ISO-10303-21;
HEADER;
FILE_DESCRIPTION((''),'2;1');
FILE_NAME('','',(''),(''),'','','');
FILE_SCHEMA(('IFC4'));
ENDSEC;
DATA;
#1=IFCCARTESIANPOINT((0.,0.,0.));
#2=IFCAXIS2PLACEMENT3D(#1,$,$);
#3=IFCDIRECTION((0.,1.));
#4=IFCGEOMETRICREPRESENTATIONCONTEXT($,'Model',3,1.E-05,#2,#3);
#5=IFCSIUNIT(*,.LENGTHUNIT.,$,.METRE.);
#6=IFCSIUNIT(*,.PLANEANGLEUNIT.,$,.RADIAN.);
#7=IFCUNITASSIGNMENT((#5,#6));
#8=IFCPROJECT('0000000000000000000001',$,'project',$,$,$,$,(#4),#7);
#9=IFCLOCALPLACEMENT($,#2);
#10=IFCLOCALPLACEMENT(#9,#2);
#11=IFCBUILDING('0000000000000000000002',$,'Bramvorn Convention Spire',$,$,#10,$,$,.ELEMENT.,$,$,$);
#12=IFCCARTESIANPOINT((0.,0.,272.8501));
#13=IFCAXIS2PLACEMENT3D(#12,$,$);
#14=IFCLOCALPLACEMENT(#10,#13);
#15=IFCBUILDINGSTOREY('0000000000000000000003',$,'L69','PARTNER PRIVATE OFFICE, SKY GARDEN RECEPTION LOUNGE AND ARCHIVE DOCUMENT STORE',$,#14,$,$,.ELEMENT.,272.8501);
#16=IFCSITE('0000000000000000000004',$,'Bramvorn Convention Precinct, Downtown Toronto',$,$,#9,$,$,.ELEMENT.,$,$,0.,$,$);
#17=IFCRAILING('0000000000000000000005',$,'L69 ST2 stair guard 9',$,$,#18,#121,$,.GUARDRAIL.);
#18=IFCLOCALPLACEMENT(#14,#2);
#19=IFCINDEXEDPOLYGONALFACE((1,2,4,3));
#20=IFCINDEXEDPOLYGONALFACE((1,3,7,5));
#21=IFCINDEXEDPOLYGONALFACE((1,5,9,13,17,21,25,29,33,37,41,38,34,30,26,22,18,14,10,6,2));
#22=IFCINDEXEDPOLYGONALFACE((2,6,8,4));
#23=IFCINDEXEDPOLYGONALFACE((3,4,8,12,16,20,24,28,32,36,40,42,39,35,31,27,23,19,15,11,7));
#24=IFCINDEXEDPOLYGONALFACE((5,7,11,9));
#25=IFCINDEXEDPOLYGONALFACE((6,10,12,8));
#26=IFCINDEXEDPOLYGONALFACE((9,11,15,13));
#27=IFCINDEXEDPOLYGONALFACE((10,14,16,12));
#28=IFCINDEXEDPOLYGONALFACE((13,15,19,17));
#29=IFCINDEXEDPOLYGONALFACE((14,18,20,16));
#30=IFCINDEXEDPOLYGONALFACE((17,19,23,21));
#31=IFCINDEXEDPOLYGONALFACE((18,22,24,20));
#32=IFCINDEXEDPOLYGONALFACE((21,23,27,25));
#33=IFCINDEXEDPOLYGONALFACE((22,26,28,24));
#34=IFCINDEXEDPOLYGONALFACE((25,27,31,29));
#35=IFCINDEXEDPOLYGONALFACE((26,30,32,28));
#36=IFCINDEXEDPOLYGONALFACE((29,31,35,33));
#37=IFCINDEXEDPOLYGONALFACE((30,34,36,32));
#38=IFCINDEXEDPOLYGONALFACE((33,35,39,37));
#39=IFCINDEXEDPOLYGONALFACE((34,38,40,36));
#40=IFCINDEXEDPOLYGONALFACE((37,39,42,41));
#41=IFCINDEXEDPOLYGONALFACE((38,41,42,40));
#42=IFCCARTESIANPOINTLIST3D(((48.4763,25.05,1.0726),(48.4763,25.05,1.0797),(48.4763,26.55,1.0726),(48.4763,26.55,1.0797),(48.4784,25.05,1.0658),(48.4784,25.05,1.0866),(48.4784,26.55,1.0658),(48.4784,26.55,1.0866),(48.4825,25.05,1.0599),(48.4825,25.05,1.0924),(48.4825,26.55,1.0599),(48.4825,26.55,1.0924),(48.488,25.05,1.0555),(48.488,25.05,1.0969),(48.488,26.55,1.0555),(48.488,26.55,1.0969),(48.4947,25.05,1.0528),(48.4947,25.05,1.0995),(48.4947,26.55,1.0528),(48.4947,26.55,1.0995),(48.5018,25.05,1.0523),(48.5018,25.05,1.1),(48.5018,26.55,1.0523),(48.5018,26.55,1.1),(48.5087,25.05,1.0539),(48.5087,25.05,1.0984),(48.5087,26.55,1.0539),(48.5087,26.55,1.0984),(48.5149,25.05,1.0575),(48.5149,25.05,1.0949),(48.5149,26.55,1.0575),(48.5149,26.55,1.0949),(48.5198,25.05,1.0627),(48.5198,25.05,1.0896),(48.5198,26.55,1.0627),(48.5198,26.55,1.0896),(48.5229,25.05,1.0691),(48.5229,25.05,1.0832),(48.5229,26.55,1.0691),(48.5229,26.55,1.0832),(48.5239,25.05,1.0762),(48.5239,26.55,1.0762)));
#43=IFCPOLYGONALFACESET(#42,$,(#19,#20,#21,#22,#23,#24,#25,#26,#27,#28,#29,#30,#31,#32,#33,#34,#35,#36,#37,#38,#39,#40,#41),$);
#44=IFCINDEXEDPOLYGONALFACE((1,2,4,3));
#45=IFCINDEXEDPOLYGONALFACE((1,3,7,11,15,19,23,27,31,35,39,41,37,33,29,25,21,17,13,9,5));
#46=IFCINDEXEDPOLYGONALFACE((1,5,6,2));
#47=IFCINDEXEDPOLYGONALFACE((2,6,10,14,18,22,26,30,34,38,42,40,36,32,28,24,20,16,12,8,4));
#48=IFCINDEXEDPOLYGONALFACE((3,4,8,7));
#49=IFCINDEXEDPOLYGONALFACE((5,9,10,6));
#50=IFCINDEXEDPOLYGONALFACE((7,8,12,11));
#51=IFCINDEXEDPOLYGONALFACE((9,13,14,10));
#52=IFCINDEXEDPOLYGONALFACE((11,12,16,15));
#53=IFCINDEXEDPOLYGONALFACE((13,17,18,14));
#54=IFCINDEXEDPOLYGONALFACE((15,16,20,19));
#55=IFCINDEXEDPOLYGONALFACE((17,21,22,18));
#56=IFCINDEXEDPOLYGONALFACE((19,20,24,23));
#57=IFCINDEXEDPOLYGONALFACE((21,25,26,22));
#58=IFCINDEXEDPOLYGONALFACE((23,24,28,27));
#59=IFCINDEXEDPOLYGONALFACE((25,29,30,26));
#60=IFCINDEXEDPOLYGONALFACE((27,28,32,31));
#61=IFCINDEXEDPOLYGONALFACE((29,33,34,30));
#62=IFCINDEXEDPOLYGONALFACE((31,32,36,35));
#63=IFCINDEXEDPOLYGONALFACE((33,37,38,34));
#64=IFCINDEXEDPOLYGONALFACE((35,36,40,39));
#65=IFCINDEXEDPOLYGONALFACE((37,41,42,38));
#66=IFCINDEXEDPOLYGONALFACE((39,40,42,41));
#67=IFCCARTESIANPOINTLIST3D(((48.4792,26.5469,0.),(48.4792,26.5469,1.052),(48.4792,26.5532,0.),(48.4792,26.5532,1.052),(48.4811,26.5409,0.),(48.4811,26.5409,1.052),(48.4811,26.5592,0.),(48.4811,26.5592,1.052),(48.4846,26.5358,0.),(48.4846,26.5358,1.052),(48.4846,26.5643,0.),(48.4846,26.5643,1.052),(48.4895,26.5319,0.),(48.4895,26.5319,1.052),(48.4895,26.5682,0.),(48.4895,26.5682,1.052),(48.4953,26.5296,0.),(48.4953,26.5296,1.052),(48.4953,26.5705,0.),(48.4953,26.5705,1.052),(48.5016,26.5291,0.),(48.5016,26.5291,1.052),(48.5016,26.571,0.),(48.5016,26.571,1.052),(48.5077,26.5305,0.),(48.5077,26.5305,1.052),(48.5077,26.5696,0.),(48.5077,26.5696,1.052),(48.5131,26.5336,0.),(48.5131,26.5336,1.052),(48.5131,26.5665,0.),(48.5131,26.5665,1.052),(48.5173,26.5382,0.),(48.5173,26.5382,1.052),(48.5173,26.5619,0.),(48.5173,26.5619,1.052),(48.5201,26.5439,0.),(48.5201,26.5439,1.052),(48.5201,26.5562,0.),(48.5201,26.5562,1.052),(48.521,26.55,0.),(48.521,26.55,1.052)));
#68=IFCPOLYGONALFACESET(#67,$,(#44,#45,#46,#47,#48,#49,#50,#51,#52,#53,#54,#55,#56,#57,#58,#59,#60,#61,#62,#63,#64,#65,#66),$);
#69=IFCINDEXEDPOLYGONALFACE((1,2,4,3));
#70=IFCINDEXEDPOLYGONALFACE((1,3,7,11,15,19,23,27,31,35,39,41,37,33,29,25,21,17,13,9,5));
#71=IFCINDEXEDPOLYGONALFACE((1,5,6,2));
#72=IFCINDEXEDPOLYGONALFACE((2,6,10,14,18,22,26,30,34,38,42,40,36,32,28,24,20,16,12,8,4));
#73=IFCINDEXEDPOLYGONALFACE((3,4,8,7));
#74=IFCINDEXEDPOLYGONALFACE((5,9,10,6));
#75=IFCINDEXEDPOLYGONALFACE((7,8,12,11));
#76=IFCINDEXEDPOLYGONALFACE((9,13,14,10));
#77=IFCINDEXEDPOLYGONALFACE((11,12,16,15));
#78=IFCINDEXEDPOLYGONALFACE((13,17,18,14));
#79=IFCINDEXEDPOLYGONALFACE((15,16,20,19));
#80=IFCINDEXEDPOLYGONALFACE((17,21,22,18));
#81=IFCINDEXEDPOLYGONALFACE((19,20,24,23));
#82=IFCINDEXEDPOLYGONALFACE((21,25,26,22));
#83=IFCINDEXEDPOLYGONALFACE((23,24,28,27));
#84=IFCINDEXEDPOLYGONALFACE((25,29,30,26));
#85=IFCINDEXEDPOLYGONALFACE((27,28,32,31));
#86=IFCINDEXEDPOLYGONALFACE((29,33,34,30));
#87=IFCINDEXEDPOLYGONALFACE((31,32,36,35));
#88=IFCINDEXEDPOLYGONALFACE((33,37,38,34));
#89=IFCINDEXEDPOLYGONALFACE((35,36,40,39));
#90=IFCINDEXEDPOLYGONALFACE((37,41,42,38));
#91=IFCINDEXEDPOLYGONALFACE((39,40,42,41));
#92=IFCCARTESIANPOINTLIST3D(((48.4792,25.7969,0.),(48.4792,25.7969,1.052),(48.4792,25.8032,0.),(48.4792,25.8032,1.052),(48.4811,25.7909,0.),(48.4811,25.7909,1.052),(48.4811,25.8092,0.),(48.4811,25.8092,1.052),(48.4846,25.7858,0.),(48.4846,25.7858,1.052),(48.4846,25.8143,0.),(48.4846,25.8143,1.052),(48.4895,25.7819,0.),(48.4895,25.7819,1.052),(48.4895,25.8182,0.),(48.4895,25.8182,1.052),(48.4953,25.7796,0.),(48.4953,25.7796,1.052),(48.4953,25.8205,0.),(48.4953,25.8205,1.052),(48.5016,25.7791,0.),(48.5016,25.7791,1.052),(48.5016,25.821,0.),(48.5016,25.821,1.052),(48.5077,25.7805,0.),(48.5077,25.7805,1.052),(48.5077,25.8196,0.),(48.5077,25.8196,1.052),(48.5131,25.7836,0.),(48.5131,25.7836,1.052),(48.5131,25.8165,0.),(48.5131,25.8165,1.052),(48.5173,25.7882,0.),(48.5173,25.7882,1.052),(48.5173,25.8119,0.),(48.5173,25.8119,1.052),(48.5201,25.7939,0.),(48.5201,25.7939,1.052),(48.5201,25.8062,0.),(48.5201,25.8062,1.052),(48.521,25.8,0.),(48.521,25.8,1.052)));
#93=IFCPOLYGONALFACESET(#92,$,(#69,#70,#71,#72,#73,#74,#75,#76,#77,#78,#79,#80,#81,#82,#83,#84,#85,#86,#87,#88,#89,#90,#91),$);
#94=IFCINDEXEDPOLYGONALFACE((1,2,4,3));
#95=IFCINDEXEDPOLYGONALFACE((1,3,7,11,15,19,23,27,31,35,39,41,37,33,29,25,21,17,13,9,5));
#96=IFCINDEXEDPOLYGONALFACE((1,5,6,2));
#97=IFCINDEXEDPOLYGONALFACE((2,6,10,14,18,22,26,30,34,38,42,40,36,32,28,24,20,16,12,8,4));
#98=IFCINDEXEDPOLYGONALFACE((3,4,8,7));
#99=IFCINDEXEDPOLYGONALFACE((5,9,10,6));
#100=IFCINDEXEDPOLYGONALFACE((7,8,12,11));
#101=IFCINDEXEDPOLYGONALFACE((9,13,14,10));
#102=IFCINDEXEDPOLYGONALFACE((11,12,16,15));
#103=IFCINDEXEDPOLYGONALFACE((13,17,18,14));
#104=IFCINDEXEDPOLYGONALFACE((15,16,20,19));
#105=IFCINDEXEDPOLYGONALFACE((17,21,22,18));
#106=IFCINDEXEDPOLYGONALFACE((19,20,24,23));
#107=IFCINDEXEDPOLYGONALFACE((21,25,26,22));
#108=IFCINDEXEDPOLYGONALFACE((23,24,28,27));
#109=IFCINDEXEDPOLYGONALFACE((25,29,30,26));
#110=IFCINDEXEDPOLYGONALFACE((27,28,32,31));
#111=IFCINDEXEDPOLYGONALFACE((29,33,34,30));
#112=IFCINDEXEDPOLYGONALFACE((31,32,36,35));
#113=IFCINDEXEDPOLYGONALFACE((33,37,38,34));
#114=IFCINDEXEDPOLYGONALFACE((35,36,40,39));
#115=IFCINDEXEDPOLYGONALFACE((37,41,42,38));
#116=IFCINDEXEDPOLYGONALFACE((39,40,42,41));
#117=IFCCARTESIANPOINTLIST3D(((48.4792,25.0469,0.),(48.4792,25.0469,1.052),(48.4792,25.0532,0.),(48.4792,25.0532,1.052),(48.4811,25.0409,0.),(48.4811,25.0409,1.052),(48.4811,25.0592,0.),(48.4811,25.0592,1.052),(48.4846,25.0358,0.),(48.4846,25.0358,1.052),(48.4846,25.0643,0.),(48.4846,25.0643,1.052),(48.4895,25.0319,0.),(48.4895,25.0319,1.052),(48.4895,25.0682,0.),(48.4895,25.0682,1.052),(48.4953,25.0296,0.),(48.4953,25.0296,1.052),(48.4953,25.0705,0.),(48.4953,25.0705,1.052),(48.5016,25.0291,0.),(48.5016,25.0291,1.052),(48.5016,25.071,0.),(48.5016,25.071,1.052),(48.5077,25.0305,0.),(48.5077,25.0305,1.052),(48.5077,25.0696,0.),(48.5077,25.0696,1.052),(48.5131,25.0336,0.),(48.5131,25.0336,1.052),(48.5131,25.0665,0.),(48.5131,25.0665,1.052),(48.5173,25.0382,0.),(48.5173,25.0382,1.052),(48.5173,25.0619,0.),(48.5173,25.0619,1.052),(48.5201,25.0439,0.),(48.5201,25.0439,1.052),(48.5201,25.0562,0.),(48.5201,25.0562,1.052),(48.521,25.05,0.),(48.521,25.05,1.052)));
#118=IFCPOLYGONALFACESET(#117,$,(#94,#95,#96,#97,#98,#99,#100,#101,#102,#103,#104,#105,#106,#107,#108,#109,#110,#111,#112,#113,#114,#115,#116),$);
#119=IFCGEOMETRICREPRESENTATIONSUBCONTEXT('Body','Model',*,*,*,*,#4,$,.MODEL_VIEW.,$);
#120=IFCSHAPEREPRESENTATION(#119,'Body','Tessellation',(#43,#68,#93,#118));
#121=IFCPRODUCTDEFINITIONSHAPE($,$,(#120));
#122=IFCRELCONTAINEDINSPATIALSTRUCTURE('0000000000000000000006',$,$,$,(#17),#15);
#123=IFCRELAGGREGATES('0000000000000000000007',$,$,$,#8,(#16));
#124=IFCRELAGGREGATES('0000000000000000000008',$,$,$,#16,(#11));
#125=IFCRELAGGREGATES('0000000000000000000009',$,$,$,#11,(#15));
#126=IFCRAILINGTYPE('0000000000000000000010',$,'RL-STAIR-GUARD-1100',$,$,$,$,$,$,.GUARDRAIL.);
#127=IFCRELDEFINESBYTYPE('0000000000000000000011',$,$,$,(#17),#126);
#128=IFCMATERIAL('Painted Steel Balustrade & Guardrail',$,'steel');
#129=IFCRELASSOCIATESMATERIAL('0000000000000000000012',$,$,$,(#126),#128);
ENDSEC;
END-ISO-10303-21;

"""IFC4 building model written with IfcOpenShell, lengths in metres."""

from ifc_helpers import new_model, si_unit, direction, frame, origin, origin_2d, place, context, subcontext, project, spatial, circle, extrude, material, type_object, element, save


model = new_model("IFC4")

# Units and contexts
model_context = context("Model", 3, precision=1e-05, world=origin(), true_north=direction((0.0, 1.0)))
body_context = subcontext(model_context, "Body", "Model", "MODEL_VIEW")
ifc_project = project(units=[si_unit("LENGTHUNIT", "METRE"), si_unit("PLANEANGLEUNIT", "RADIAN")], contexts=[model_context])

# Site, building, storey
site_placement = place(None, origin())
site = spatial("IfcSite", under=ifc_project, at=site_placement, Name="Bramvorn Convention Precinct, Downtown Toronto", CompositionType="ELEMENT", RefElevation=0.0)
building_placement = place(site_placement, origin())
building = spatial("IfcBuilding", under=site, at=building_placement, Name="Bramvorn Convention Spire", CompositionType="ELEMENT")
storey_placement = place(building_placement, frame((0.0, 0.0, 272.8501)))
storey = spatial("IfcBuildingStorey", under=building, at=storey_placement, Name="L69", Description="PARTNER PRIVATE OFFICE, SKY GARDEN RECEPTION LOUNGE AND ARCHIVE DOCUMENT STORE", CompositionType="ELEMENT", Elevation=272.8501)

# Railing
ifc_material_1 = material(Name="Painted Steel Balustrade & Guardrail", Category="steel")
railing_type_1 = type_object("IfcRailingType", Name="RL-STAIR-GUARD-1100", PredefinedType="GUARDRAIL", material=ifc_material_1)
railing_1_placement = place(storey_placement, frame((48.5, 26.55, 0.0)))
element("IfcRailing", 1, at=railing_1_placement, inside=storey, type_object=railing_type_1, Name="L69 ST2 stair guard 9", PredefinedType="GUARDRAIL", context=body_context, shape_type="SweptSolid", body=[
    extrude(circle(Radius=0.0239, at=origin_2d()), frame((0.0, 0.0, 1.0762), z_axis=(0.0, -1.0, 0.0), x_axis=(1.0, 0.0, 0.0)), (0.0, 0.0, 1.0), 1.5),
    extrude(circle(Radius=0.021, at=origin_2d()), origin(), (0.0, 0.0, 1.0), 1.052),
    extrude(circle(Radius=0.021, at=origin_2d()), frame((0.0, -0.75, 0.0)), (0.0, 0.0, 1.0), 1.052),
    extrude(circle(Radius=0.021, at=origin_2d()), frame((0.0, -1.5, 0.0)), (0.0, 0.0, 1.0), 1.052),
])

save(model, "model.ifc")
